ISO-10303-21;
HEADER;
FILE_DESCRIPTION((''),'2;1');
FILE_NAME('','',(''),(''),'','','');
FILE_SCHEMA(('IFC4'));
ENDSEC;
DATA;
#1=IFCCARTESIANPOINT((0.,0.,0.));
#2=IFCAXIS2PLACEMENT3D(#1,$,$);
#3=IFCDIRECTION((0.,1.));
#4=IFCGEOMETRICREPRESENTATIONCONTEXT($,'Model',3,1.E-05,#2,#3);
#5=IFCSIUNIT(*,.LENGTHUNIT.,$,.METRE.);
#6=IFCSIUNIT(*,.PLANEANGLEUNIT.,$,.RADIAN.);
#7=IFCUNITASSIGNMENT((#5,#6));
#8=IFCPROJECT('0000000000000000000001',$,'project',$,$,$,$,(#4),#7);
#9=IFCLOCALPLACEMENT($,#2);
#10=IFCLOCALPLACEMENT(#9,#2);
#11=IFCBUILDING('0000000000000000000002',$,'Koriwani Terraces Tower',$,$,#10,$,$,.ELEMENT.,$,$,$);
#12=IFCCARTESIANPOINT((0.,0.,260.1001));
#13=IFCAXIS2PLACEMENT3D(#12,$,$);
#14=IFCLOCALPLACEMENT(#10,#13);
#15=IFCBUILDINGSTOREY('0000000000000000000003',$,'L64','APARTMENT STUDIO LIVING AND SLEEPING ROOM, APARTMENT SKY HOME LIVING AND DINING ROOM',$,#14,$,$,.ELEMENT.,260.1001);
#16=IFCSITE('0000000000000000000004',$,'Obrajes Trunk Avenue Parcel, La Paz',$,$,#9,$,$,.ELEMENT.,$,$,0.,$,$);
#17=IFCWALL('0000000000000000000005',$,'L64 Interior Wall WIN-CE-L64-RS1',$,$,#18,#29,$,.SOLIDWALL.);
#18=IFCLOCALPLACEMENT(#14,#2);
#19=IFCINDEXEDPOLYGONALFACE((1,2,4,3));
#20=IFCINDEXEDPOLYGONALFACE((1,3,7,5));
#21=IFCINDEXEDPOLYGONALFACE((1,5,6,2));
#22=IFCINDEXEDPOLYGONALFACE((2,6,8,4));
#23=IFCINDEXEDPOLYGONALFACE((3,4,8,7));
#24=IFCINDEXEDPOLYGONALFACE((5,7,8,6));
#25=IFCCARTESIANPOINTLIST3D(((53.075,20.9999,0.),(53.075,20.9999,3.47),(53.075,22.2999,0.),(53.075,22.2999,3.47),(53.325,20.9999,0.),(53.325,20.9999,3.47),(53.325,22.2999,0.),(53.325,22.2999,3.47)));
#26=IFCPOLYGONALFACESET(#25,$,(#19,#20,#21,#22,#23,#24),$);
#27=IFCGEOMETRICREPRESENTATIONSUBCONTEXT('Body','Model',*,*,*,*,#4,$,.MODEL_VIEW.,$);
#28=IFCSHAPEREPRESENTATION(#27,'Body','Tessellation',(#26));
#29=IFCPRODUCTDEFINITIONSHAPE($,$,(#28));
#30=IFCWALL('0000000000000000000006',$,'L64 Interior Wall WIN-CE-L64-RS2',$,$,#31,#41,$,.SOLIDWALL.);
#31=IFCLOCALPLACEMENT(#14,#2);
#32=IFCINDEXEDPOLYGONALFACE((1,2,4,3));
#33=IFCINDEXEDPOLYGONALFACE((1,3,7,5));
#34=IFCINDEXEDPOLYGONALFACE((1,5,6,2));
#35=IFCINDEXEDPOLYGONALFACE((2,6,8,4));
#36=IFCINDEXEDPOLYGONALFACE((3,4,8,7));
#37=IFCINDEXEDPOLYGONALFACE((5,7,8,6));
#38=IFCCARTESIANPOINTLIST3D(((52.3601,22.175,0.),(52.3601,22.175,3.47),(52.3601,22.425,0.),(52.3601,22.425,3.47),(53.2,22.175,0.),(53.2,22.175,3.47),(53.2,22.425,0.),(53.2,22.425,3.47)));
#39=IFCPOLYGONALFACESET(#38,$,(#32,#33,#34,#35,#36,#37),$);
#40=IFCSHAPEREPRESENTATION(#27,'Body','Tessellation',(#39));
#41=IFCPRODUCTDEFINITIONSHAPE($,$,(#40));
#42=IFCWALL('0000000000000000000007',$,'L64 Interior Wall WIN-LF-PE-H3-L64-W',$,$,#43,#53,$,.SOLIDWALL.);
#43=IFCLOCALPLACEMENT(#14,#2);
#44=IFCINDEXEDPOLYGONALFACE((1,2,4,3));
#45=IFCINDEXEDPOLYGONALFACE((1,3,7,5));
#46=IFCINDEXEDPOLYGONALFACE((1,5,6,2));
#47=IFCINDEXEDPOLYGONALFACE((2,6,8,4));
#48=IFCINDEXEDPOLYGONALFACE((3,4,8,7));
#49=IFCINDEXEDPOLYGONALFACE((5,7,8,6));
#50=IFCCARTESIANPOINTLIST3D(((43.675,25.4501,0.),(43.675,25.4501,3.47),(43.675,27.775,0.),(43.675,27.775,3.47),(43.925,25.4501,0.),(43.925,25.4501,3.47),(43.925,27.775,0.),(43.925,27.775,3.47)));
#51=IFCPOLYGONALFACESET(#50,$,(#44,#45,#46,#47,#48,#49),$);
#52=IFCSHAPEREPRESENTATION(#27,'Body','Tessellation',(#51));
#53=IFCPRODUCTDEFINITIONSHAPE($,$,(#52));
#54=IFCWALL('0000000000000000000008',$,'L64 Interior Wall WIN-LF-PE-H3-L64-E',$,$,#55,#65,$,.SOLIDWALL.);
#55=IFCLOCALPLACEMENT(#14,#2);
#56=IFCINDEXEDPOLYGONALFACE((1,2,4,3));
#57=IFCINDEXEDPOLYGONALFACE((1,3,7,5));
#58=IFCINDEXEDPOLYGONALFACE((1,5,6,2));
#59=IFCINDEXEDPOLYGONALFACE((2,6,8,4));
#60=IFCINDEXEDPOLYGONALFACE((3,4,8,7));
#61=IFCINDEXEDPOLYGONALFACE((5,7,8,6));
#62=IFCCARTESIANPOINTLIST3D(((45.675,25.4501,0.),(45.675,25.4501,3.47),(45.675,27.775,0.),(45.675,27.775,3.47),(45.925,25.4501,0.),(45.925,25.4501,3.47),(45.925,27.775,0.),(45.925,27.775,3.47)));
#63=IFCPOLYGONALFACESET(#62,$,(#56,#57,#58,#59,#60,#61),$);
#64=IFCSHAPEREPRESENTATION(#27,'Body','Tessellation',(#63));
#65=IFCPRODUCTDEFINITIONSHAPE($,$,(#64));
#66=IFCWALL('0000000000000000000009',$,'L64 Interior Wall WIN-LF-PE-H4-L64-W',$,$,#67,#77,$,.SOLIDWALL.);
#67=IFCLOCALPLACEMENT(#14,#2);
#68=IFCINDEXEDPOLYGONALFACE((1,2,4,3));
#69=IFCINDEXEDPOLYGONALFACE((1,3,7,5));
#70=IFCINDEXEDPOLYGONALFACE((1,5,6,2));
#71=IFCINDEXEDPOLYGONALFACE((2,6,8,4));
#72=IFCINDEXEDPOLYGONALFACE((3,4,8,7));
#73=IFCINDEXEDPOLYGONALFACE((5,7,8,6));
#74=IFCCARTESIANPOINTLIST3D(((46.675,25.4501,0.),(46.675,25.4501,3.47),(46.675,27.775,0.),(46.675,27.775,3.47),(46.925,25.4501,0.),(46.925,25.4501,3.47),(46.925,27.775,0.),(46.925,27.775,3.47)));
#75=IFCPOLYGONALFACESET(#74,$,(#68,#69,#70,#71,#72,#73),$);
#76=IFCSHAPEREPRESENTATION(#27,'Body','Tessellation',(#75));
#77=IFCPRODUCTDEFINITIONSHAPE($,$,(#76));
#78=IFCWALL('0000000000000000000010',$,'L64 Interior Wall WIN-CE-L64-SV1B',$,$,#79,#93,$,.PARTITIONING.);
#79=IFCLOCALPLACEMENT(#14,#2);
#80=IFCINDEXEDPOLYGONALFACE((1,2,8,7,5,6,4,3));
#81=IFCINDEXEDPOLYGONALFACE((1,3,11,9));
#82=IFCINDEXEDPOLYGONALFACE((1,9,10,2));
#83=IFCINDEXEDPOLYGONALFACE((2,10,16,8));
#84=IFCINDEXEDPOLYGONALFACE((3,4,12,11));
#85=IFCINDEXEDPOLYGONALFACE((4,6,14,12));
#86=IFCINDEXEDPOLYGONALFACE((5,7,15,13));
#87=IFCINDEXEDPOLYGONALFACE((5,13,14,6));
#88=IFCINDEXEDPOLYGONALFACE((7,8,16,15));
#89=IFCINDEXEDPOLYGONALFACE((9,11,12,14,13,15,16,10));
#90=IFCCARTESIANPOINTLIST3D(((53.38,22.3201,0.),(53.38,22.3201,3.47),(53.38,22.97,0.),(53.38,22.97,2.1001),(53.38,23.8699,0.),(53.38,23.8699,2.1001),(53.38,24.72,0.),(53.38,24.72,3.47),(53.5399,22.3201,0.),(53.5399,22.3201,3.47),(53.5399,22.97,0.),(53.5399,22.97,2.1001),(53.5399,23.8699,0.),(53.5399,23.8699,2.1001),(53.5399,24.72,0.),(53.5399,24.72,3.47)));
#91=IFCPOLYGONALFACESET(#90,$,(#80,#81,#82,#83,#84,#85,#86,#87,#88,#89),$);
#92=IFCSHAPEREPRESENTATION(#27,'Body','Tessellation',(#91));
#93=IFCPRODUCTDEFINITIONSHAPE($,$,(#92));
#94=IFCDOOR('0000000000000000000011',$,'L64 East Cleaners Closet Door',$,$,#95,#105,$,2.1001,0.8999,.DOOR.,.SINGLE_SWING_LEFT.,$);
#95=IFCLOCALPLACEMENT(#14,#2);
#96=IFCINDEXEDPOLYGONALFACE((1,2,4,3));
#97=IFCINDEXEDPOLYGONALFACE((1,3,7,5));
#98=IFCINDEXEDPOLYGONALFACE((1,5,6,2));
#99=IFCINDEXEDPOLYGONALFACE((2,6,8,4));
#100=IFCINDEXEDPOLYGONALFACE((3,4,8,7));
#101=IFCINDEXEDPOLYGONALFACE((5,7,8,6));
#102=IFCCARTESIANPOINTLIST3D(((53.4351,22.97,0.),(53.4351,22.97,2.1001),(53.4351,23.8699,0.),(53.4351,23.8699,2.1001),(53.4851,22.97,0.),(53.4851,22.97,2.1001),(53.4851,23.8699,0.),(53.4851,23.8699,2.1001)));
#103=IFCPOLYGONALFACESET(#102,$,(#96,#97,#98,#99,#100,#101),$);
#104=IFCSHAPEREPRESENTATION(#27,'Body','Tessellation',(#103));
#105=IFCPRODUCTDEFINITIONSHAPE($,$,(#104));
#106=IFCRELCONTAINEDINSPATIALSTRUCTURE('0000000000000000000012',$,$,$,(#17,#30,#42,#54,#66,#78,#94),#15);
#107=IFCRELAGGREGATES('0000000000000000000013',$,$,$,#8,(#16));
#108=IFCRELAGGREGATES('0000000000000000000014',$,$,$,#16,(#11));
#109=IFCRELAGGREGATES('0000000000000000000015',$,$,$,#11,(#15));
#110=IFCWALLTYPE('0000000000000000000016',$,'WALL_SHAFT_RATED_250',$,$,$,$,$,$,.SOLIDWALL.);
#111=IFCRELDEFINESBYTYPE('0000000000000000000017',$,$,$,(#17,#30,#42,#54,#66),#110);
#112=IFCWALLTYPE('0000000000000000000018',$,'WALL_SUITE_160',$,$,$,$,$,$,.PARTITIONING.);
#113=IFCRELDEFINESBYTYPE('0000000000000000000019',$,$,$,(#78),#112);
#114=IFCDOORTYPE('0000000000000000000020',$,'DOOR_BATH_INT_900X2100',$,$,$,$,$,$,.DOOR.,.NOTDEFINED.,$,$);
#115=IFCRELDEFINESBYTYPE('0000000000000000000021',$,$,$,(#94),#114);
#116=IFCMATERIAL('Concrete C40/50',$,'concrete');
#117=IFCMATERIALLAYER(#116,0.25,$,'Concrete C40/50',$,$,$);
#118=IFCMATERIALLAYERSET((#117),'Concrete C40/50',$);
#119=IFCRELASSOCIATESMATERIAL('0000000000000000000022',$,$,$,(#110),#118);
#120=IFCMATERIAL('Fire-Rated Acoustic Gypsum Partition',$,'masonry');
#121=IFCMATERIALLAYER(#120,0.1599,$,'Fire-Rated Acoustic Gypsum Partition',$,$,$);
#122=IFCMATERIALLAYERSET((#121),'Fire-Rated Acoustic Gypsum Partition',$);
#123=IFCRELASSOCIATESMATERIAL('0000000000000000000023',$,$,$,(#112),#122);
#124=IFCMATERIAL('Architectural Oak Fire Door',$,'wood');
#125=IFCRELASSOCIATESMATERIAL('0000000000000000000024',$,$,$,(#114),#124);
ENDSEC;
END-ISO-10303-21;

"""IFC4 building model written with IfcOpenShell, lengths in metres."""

from ifc_helpers import new_model, si_unit, direction, frame, frame_2d, origin, place, context, subcontext, project, spatial, rectangle, extrude, material, layer, layer_set, type_object, element, fill, save


model = new_model("IFC4")

# Units and contexts
model_context = context("Model", 3, precision=1e-05, world=origin(), true_north=direction((0.0, 1.0)))
body_context = subcontext(model_context, "Body", "Model", "MODEL_VIEW")
ifc_project = project(units=[si_unit("LENGTHUNIT", "METRE"), si_unit("PLANEANGLEUNIT", "RADIAN")], contexts=[model_context])

# Site, building, storey
site_placement = place(None, origin())
site = spatial("IfcSite", under=ifc_project, at=site_placement, Name="Obrajes Trunk Avenue Parcel, La Paz", CompositionType="ELEMENT", RefElevation=0.0)
building_placement = place(site_placement, origin())
building = spatial("IfcBuilding", under=site, at=building_placement, Name="Koriwani Terraces Tower", CompositionType="ELEMENT")
storey_placement = place(building_placement, frame((0.0, 0.0, 260.1001)))
storey = spatial("IfcBuildingStorey", under=building, at=storey_placement, Name="L64", Description="APARTMENT STUDIO LIVING AND SLEEPING ROOM, APARTMENT SKY HOME LIVING AND DINING ROOM", CompositionType="ELEMENT", Elevation=260.1001)

# Shared definitions
ifc_material_1 = material(Name="Architectural Oak Fire Door", Category="wood")

# Shared definitions
ifc_material_2 = material(Name="Concrete C40/50", Category="concrete")
ifc_layer_1 = layer(ifc_material_2, 0.25, Name="Concrete C40/50")
ifc_layer_set_1 = layer_set([ifc_layer_1], Name="Concrete C40/50")
wall_type_1 = type_object("IfcWallType", Name="WALL_SHAFT_RATED_250", PredefinedType="SOLIDWALL", material=ifc_layer_set_1)

# Walls
wall_1_placement = place(storey_placement, frame((53.2, 21.0, 0.0), z_axis=(0.0, 0.0, 1.0), x_axis=(0.0, 1.0, 0.0)))
element("IfcWall", 1, at=wall_1_placement, inside=storey, type_object=wall_type_1, Name="L64 Interior Wall WIN-CE-L64-RS1", PredefinedType="SOLIDWALL", context=body_context, shape_type="SweptSolid", body=[
    extrude(rectangle(XDim=1.3, YDim=0.25, at=frame_2d((0.6499, 0.0))), origin(), (0.0, 0.0, 1.0), 3.47),
])
wall_2_placement = place(storey_placement, frame((52.3601, 22.3, 0.0), z_axis=(0.0, 0.0, 1.0), x_axis=(1.0, 0.0, 0.0)))
element("IfcWall", 2, at=wall_2_placement, inside=storey, type_object=wall_type_1, Name="L64 Interior Wall WIN-CE-L64-RS2", PredefinedType="SOLIDWALL", context=body_context, shape_type="SweptSolid", body=[
    extrude(rectangle(XDim=0.8398, YDim=0.25, at=frame_2d((0.4199, 0.0))), origin(), (0.0, 0.0, 1.0), 3.47),
])
for number, where, z_axis, x_axis, name in (
    (3, (43.8, 25.45, 0.0), (0.0, 0.0, 1.0), (0.0, 1.0, 0.0), "L64 Interior Wall WIN-LF-PE-H3-L64-W"),
    (4, (45.8, 25.45, 0.0), (0.0, 0.0, 1.0), (0.0, 1.0, 0.0), "L64 Interior Wall WIN-LF-PE-H3-L64-E"),
    (5, (46.8, 25.45, 0.0), (0.0, 0.0, 1.0), (0.0, 1.0, 0.0), "L64 Interior Wall WIN-LF-PE-H4-L64-W"),
):
    element("IfcWall", number, at=place(storey_placement, frame(where, z_axis=z_axis, x_axis=x_axis)), inside=storey, type_object=wall_type_1, Name=name, PredefinedType="SOLIDWALL", context=body_context, shape_type="SweptSolid", body=[
        extrude(rectangle(XDim=2.325, YDim=0.25, at=frame_2d((1.1626, 0.0))), origin(), (0.0, 0.0, 1.0), 3.47),
    ])

# Wall, opening, door
ifc_material_3 = material(Name="Fire-Rated Acoustic Gypsum Partition", Category="masonry")
ifc_layer_2 = layer(ifc_material_3, 0.1599, Name="Fire-Rated Acoustic Gypsum Partition")
ifc_layer_set_2 = layer_set([ifc_layer_2], Name="Fire-Rated Acoustic Gypsum Partition")
wall_type_2 = type_object("IfcWallType", Name="WALL_SUITE_160", PredefinedType="PARTITIONING", material=ifc_layer_set_2)
wall_3_placement = place(storey_placement, frame((53.46, 22.3201, 0.0), z_axis=(0.0, 0.0, 1.0), x_axis=(0.0, 1.0, 0.0)))
wall_3 = element("IfcWall", 6, at=wall_3_placement, inside=storey, type_object=wall_type_2, Name="L64 Interior Wall WIN-CE-L64-SV1B", PredefinedType="PARTITIONING", context=body_context, shape_type="SweptSolid", body=[
    extrude(rectangle(XDim=2.3999, YDim=0.1599, at=frame_2d((1.2, 0.0))), origin(), (0.0, 0.0, 1.0), 3.47),
])
opening_1_placement = place(wall_3_placement, frame((0.6499, 0.0, 0.0)))
opening_1 = element("IfcOpeningElement", 7, at=opening_1_placement, cuts=wall_3, PredefinedType="OPENING", context=body_context, shape_type="SweptSolid", body=[
    extrude(rectangle(XDim=0.8999, YDim=2.1001, at=frame_2d((0.45, 1.05))), frame((0.0, 0.0898, 0.0), z_axis=(0.0, -1.0, 0.0), x_axis=(1.0, 0.0, 0.0)), (0.0, 0.0, 1.0), 0.1799),
])
door_type_1 = type_object("IfcDoorType", Name="DOOR_BATH_INT_900X2100", OperationType="NOTDEFINED", PredefinedType="DOOR", material=ifc_material_1)
door_1_placement = place(opening_1_placement, origin())
door_1 = element("IfcDoor", 8, at=door_1_placement, inside=storey, type_object=door_type_1, Name="L64 East Cleaners Closet Door", OperationType="SINGLE_SWING_LEFT", OverallHeight=2.1001, OverallWidth=0.8999, PredefinedType="DOOR", context=body_context, shape_type="SweptSolid", body=[
    extrude(rectangle(XDim=0.8999, YDim=2.1001, at=frame_2d((0.45, 1.05))), frame((0.0, 0.0249, 0.0), z_axis=(0.0, -1.0, 0.0), x_axis=(1.0, 0.0, 0.0)), (0.0, 0.0, 1.0), 0.05),
])
fill(opening_1, door_1)

save(model, "model.ifc")
